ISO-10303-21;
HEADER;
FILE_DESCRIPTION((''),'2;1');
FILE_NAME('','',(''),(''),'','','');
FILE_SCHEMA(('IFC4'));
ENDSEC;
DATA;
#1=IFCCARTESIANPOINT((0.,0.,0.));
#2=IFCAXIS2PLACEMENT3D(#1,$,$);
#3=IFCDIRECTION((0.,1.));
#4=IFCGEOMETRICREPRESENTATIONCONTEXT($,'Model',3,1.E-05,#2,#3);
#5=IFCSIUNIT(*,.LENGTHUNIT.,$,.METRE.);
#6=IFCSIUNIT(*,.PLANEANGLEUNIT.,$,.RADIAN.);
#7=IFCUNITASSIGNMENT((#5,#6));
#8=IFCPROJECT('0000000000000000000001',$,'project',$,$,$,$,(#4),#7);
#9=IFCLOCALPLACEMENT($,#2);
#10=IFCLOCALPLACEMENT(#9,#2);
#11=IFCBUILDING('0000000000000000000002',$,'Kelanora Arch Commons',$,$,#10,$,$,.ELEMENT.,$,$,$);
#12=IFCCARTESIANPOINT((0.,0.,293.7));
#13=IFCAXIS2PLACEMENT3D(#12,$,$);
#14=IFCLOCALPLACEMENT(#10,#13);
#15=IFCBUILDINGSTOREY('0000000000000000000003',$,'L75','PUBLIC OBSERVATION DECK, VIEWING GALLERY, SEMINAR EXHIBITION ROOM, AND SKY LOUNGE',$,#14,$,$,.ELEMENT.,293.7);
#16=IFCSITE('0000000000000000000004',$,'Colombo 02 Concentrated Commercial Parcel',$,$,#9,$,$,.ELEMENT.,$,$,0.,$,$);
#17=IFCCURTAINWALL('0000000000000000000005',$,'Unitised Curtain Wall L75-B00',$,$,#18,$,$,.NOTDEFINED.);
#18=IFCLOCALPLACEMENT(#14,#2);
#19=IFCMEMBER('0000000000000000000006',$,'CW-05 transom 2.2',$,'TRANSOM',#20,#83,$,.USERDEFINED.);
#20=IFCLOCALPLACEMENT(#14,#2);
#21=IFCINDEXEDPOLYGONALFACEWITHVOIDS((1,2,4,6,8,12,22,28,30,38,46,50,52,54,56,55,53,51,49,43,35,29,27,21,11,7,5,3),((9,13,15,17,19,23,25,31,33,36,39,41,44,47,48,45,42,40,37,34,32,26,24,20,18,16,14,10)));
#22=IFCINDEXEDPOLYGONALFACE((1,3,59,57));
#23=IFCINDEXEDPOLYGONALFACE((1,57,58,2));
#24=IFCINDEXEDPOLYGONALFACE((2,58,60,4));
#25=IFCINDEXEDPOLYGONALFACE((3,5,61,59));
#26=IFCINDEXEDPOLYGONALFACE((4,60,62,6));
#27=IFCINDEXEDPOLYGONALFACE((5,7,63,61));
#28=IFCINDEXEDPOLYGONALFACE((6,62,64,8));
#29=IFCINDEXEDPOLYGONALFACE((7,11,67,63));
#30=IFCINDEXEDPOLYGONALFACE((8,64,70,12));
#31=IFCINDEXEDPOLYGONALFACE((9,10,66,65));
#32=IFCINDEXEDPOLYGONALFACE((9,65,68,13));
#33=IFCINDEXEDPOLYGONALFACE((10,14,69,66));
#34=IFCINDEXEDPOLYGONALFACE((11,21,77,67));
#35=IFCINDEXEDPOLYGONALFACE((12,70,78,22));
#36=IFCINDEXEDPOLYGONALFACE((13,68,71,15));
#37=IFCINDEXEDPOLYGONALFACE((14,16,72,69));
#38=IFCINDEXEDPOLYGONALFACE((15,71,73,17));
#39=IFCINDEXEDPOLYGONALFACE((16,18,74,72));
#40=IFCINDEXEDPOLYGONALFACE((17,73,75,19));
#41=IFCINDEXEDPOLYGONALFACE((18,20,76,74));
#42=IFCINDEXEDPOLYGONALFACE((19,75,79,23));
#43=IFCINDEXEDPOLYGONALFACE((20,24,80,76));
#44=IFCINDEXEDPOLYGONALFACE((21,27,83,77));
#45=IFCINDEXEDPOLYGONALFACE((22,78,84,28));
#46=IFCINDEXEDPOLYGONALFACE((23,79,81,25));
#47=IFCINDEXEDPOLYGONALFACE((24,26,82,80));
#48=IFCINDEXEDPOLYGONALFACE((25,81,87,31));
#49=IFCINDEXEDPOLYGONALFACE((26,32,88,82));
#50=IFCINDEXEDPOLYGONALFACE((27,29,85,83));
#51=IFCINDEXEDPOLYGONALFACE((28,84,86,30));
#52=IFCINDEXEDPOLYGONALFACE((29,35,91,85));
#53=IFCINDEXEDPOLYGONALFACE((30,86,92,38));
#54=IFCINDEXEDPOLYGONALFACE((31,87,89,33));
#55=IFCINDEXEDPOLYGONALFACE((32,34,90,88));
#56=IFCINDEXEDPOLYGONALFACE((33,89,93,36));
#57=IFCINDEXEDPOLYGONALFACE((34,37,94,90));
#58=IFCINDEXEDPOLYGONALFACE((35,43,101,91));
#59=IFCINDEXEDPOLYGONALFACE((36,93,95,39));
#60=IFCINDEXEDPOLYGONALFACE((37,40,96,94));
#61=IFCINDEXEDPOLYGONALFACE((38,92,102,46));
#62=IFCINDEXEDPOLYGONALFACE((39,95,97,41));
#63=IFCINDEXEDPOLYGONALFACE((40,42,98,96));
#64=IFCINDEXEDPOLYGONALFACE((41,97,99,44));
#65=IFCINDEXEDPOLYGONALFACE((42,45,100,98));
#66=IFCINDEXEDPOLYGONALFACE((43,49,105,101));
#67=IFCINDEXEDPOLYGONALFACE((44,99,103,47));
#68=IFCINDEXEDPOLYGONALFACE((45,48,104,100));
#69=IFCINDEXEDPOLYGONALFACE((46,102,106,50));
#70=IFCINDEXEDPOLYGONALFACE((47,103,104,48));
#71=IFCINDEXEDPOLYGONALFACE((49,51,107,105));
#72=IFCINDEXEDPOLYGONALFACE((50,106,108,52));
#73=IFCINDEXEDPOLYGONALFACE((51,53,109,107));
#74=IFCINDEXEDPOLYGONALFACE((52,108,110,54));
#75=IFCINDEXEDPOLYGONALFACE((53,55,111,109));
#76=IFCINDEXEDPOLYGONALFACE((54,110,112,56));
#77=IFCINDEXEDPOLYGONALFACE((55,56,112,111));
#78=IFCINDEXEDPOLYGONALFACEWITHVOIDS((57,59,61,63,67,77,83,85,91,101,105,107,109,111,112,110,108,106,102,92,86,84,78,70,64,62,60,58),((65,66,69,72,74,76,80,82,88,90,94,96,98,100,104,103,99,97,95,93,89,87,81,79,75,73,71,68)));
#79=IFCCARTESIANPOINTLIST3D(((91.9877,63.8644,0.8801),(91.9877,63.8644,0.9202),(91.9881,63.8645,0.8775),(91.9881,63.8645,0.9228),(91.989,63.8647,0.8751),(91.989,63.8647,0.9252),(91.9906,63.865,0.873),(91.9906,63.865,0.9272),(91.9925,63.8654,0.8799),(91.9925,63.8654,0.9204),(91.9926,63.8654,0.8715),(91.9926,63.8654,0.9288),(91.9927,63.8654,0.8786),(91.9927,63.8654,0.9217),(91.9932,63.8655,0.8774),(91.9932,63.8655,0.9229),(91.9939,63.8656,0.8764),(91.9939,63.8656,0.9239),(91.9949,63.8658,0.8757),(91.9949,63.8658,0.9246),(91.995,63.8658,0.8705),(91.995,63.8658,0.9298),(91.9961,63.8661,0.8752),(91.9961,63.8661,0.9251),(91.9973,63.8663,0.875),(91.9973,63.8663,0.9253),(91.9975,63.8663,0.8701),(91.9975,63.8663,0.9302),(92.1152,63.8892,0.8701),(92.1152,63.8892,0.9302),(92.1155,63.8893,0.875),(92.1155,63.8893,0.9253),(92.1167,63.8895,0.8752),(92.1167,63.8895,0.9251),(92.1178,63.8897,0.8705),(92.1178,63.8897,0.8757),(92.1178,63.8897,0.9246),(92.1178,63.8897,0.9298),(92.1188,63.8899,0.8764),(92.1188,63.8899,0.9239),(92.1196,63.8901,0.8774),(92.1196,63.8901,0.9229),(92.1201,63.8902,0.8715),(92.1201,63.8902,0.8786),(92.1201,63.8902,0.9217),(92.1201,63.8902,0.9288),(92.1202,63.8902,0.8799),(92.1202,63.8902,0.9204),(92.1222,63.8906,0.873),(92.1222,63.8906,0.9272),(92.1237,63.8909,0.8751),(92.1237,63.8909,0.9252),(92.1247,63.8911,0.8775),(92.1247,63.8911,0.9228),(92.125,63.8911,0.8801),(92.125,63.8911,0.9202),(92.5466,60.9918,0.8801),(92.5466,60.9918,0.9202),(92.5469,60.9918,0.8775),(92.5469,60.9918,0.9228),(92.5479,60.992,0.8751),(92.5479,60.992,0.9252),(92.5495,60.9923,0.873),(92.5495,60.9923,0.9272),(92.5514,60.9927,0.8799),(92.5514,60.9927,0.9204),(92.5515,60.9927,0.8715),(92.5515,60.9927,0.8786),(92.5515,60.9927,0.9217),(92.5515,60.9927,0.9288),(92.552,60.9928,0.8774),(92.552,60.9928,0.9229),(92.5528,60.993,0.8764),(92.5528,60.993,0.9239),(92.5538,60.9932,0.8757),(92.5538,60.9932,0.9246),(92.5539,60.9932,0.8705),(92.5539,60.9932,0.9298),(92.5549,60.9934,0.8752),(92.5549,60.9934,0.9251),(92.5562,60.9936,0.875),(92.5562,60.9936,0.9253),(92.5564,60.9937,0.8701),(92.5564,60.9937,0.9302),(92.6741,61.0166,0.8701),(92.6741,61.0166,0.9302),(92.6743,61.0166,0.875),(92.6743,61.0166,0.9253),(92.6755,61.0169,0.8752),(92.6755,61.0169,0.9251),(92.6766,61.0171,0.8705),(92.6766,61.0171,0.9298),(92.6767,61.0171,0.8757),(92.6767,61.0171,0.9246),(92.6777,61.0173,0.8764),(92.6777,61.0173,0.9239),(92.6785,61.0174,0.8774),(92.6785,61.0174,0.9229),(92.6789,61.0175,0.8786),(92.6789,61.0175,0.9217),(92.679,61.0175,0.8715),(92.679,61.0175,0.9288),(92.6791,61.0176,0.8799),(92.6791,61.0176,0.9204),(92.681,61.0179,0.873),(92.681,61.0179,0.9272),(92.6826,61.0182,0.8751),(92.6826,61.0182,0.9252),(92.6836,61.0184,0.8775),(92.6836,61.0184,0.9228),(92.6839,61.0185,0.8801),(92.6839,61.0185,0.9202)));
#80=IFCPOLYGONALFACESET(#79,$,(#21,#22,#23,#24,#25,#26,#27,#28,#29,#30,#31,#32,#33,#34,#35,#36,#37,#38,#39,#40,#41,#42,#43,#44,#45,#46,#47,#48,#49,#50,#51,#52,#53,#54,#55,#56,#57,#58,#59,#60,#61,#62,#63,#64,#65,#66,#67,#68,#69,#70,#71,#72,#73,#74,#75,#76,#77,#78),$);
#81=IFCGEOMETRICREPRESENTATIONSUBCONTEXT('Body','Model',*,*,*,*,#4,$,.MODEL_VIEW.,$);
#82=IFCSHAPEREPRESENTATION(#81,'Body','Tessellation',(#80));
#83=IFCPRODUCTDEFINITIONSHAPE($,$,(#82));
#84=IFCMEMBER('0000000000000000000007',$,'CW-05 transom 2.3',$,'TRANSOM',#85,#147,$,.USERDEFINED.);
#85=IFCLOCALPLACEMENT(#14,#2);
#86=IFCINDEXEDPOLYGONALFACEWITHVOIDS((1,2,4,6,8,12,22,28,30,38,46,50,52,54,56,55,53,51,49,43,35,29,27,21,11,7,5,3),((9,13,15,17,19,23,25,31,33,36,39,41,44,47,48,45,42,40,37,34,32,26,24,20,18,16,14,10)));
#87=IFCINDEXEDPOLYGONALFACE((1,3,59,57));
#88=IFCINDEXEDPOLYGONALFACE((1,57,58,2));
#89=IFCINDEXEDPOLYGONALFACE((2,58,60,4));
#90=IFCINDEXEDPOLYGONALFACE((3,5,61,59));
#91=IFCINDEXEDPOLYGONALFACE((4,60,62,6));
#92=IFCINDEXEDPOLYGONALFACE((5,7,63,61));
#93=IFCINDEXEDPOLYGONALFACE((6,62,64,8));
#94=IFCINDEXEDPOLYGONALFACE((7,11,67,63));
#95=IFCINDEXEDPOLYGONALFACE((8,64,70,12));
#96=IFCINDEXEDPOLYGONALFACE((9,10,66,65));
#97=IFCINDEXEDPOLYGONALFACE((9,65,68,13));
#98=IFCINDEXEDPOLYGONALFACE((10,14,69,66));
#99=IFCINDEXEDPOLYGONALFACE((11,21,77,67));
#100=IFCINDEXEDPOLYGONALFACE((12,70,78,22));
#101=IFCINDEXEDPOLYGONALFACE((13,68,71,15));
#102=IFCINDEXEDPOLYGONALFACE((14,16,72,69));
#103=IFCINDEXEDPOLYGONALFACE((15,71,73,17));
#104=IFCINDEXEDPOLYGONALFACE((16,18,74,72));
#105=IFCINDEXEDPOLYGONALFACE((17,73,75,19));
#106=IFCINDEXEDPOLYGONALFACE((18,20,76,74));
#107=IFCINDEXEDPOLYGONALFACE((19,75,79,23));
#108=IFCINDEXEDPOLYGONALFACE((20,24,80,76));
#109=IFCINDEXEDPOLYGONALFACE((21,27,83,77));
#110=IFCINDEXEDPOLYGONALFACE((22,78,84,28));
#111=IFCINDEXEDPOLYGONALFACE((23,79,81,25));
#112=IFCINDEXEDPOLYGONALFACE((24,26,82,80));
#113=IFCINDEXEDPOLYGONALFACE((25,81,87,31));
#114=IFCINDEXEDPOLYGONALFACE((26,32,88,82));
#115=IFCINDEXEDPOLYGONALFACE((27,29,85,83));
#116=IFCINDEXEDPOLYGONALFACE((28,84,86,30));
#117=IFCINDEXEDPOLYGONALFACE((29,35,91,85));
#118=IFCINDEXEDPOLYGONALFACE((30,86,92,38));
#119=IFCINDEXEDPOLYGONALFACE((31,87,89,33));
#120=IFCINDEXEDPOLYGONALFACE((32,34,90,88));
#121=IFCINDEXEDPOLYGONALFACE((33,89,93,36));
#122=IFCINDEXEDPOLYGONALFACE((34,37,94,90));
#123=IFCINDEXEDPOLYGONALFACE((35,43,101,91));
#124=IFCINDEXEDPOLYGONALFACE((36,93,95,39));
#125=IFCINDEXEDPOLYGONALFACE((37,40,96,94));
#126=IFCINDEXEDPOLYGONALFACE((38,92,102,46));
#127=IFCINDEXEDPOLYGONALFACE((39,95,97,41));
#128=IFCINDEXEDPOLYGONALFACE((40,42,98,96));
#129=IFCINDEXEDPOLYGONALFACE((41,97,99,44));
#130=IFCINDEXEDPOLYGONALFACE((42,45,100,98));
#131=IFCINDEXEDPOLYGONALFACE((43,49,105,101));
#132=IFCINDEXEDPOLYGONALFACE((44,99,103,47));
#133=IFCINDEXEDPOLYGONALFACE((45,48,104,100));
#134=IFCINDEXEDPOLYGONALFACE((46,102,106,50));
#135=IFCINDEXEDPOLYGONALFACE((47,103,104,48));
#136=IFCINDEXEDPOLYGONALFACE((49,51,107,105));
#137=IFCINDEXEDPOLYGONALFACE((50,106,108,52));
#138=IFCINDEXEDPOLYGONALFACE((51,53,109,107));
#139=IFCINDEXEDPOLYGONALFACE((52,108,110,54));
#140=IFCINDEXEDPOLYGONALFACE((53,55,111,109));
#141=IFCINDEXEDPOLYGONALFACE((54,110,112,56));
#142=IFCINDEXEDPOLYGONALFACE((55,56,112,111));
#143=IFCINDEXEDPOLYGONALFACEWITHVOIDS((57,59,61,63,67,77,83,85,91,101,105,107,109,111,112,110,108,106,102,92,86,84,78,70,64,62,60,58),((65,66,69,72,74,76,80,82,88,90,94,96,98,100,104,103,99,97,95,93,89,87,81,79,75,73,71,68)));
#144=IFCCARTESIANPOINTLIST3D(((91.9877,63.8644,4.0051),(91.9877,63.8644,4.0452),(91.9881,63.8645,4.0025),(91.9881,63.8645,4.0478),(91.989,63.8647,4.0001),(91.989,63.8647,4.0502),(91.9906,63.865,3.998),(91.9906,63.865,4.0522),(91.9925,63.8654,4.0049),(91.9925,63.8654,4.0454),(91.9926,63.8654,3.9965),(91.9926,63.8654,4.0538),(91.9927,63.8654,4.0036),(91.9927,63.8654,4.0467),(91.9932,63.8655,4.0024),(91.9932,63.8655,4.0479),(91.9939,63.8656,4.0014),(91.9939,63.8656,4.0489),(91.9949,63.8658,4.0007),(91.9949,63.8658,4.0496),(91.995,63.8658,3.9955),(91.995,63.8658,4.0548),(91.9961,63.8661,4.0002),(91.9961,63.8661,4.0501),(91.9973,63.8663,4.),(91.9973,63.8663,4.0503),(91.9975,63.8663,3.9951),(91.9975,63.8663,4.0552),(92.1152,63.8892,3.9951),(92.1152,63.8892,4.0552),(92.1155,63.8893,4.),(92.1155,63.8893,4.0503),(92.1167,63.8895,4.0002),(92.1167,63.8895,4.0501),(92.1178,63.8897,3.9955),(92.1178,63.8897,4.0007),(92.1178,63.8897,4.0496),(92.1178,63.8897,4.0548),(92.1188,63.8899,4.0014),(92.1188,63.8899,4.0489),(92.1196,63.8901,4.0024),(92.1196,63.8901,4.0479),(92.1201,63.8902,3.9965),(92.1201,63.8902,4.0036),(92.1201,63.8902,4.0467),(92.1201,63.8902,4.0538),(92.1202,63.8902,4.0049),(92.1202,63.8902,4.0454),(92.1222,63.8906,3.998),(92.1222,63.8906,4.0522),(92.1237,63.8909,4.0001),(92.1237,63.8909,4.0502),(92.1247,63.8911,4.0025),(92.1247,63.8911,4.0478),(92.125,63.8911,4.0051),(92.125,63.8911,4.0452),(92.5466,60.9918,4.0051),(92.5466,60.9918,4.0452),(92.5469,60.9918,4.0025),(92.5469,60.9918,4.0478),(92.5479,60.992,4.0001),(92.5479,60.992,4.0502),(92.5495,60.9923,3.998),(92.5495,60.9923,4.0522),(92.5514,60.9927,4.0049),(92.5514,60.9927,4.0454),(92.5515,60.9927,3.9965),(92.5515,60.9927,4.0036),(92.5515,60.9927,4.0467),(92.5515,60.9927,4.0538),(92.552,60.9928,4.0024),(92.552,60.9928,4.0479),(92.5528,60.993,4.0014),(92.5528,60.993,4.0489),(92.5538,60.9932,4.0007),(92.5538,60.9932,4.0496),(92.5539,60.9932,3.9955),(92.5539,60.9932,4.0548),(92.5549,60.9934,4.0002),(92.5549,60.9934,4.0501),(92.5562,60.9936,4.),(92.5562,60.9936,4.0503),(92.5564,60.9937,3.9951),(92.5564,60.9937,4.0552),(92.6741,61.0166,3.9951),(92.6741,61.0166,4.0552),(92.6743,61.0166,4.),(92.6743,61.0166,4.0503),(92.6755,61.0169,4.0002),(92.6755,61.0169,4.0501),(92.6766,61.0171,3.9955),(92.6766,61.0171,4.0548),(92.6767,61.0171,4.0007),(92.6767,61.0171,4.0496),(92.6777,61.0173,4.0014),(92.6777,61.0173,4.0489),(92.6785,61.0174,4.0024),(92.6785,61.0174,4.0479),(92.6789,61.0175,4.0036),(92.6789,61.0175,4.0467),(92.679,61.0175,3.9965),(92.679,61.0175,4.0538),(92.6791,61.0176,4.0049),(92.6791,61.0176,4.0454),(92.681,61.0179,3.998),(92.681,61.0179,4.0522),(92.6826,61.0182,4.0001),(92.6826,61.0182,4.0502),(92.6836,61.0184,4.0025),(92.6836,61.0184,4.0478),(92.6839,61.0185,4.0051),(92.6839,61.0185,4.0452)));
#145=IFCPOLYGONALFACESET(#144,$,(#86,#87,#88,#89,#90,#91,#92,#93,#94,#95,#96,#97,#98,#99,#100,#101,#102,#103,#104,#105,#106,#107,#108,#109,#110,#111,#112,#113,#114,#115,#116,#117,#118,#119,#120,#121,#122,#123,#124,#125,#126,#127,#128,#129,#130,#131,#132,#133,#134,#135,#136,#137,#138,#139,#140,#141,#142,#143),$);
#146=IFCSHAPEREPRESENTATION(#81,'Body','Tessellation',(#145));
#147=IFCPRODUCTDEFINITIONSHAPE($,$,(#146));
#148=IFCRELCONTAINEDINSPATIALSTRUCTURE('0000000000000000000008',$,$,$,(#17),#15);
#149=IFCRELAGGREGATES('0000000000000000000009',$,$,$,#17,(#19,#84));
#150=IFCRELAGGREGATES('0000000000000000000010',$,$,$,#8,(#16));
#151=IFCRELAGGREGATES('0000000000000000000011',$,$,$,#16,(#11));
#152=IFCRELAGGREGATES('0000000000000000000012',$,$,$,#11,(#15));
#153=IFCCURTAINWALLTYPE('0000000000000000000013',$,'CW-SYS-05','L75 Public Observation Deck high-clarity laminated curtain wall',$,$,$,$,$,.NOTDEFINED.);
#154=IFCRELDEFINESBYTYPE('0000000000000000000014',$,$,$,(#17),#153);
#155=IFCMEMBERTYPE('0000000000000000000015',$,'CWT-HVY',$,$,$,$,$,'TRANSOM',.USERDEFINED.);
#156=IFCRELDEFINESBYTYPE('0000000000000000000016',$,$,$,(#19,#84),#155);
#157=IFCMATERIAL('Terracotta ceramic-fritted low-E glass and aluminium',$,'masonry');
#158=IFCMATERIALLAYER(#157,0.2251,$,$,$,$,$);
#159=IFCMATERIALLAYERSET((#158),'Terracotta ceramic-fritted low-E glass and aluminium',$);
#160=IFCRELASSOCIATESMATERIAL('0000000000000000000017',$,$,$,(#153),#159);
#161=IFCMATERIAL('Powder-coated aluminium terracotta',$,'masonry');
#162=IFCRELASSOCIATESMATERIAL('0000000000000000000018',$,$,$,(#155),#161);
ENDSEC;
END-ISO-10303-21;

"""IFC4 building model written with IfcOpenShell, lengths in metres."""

from ifc_helpers import new_model, si_unit, direction, frame, origin, origin_2d, place, context, subcontext, project, spatial, hollow_rectangle, extrude, material, layer, layer_set, material_profile, profile_set, type_object, element, aggregate, save


model = new_model("IFC4")

# Units and contexts
model_context = context("Model", 3, precision=1e-05, world=origin(), true_north=direction((0.0, 1.0)))
body_context = subcontext(model_context, "Body", "Model", "MODEL_VIEW")
ifc_project = project(units=[si_unit("LENGTHUNIT", "METRE"), si_unit("PLANEANGLEUNIT", "RADIAN")], contexts=[model_context])

# Site, building, storey
site_placement = place(None, origin())
site = spatial("IfcSite", under=ifc_project, at=site_placement, Name="Colombo 02 Concentrated Commercial Parcel", CompositionType="ELEMENT", RefElevation=0.0)
building_placement = place(site_placement, origin())
building = spatial("IfcBuilding", under=site, at=building_placement, Name="Kelanora Arch Commons", CompositionType="ELEMENT")
storey_placement = place(building_placement, frame((0.0, 0.0, 293.7)))
storey = spatial("IfcBuildingStorey", under=building, at=storey_placement, Name="L75", Description="PUBLIC OBSERVATION DECK, VIEWING GALLERY, SEMINAR EXHIBITION ROOM, AND SKY LOUNGE", CompositionType="ELEMENT", Elevation=293.7)

# Curtain wall
ifc_material_1 = material(Name="Terracotta ceramic-fritted low-E glass and aluminium", Category="masonry")
ifc_layer_1 = layer(ifc_material_1, 0.2251)
ifc_layer_set_1 = layer_set([ifc_layer_1], Name="Terracotta ceramic-fritted low-E glass and aluminium")
curtain_wall_type = type_object("IfcCurtainWallType", Name="CW-SYS-05", Description="L75 Public Observation Deck high-clarity laminated curtain wall", PredefinedType="NOTDEFINED", material=ifc_layer_set_1)
curtain_wall_1_placement = place(storey_placement, origin())
curtain_wall_1 = element("IfcCurtainWall", 1, at=curtain_wall_1_placement, inside=storey, type_object=curtain_wall_type, Name="Unitised Curtain Wall L75-B00", PredefinedType="NOTDEFINED")
ifc_material_2 = material(Name="Powder-coated aluminium terracotta", Category="masonry")

# Members
ifc_material_profile_1 = material_profile(ifc_material_2, hollow_rectangle(XDim=0.1399, YDim=0.0601, WallThickness=0.0049, InnerFilletRadius=0.0049, OuterFilletRadius=0.01, at=origin_2d()), Name="CWT140x60")
ifc_profile_set_1 = profile_set([ifc_material_profile_1], Name="Powder-coated aluminium terracotta")
member_type_1 = type_object("IfcMemberType", Name="CWT-HVY", ElementType="TRANSOM", PredefinedType="USERDEFINED", material=ifc_profile_set_1)
member_1_placement = place(storey_placement, frame((92.6152, 61.0051, 0.9001), z_axis=(-0.190963, 0.981597, 0.0), x_axis=(-0.981597, -0.190963, 0.0)))
member_1 = element("IfcMember", 2, at=member_1_placement, type_object=member_type_1, Name="CW-05 transom 2.2", ObjectType="TRANSOM", PredefinedType="USERDEFINED", context=body_context, shape_type="SweptSolid", body=[
    extrude(hollow_rectangle(XDim=0.1399, YDim=0.0601, WallThickness=0.0049, InnerFilletRadius=0.0049, OuterFilletRadius=0.01, at=origin_2d()), origin(), (0.0, 0.0, 1.0), 2.9265),
])
member_2_placement = place(storey_placement, frame((92.6152, 61.0051, 4.0251), z_axis=(-0.190963, 0.981597, 0.0), x_axis=(-0.981597, -0.190963, 0.0)))
member_2 = element("IfcMember", 3, at=member_2_placement, type_object=member_type_1, Name="CW-05 transom 2.3", ObjectType="TRANSOM", PredefinedType="USERDEFINED", context=body_context, shape_type="SweptSolid", body=[
    extrude(hollow_rectangle(XDim=0.1399, YDim=0.0601, WallThickness=0.0049, InnerFilletRadius=0.0049, OuterFilletRadius=0.01, at=origin_2d()), origin(), (0.0, 0.0, 1.0), 2.9265),
])

aggregate(curtain_wall_1, [member_1, member_2])

save(model, "model.ifc")
